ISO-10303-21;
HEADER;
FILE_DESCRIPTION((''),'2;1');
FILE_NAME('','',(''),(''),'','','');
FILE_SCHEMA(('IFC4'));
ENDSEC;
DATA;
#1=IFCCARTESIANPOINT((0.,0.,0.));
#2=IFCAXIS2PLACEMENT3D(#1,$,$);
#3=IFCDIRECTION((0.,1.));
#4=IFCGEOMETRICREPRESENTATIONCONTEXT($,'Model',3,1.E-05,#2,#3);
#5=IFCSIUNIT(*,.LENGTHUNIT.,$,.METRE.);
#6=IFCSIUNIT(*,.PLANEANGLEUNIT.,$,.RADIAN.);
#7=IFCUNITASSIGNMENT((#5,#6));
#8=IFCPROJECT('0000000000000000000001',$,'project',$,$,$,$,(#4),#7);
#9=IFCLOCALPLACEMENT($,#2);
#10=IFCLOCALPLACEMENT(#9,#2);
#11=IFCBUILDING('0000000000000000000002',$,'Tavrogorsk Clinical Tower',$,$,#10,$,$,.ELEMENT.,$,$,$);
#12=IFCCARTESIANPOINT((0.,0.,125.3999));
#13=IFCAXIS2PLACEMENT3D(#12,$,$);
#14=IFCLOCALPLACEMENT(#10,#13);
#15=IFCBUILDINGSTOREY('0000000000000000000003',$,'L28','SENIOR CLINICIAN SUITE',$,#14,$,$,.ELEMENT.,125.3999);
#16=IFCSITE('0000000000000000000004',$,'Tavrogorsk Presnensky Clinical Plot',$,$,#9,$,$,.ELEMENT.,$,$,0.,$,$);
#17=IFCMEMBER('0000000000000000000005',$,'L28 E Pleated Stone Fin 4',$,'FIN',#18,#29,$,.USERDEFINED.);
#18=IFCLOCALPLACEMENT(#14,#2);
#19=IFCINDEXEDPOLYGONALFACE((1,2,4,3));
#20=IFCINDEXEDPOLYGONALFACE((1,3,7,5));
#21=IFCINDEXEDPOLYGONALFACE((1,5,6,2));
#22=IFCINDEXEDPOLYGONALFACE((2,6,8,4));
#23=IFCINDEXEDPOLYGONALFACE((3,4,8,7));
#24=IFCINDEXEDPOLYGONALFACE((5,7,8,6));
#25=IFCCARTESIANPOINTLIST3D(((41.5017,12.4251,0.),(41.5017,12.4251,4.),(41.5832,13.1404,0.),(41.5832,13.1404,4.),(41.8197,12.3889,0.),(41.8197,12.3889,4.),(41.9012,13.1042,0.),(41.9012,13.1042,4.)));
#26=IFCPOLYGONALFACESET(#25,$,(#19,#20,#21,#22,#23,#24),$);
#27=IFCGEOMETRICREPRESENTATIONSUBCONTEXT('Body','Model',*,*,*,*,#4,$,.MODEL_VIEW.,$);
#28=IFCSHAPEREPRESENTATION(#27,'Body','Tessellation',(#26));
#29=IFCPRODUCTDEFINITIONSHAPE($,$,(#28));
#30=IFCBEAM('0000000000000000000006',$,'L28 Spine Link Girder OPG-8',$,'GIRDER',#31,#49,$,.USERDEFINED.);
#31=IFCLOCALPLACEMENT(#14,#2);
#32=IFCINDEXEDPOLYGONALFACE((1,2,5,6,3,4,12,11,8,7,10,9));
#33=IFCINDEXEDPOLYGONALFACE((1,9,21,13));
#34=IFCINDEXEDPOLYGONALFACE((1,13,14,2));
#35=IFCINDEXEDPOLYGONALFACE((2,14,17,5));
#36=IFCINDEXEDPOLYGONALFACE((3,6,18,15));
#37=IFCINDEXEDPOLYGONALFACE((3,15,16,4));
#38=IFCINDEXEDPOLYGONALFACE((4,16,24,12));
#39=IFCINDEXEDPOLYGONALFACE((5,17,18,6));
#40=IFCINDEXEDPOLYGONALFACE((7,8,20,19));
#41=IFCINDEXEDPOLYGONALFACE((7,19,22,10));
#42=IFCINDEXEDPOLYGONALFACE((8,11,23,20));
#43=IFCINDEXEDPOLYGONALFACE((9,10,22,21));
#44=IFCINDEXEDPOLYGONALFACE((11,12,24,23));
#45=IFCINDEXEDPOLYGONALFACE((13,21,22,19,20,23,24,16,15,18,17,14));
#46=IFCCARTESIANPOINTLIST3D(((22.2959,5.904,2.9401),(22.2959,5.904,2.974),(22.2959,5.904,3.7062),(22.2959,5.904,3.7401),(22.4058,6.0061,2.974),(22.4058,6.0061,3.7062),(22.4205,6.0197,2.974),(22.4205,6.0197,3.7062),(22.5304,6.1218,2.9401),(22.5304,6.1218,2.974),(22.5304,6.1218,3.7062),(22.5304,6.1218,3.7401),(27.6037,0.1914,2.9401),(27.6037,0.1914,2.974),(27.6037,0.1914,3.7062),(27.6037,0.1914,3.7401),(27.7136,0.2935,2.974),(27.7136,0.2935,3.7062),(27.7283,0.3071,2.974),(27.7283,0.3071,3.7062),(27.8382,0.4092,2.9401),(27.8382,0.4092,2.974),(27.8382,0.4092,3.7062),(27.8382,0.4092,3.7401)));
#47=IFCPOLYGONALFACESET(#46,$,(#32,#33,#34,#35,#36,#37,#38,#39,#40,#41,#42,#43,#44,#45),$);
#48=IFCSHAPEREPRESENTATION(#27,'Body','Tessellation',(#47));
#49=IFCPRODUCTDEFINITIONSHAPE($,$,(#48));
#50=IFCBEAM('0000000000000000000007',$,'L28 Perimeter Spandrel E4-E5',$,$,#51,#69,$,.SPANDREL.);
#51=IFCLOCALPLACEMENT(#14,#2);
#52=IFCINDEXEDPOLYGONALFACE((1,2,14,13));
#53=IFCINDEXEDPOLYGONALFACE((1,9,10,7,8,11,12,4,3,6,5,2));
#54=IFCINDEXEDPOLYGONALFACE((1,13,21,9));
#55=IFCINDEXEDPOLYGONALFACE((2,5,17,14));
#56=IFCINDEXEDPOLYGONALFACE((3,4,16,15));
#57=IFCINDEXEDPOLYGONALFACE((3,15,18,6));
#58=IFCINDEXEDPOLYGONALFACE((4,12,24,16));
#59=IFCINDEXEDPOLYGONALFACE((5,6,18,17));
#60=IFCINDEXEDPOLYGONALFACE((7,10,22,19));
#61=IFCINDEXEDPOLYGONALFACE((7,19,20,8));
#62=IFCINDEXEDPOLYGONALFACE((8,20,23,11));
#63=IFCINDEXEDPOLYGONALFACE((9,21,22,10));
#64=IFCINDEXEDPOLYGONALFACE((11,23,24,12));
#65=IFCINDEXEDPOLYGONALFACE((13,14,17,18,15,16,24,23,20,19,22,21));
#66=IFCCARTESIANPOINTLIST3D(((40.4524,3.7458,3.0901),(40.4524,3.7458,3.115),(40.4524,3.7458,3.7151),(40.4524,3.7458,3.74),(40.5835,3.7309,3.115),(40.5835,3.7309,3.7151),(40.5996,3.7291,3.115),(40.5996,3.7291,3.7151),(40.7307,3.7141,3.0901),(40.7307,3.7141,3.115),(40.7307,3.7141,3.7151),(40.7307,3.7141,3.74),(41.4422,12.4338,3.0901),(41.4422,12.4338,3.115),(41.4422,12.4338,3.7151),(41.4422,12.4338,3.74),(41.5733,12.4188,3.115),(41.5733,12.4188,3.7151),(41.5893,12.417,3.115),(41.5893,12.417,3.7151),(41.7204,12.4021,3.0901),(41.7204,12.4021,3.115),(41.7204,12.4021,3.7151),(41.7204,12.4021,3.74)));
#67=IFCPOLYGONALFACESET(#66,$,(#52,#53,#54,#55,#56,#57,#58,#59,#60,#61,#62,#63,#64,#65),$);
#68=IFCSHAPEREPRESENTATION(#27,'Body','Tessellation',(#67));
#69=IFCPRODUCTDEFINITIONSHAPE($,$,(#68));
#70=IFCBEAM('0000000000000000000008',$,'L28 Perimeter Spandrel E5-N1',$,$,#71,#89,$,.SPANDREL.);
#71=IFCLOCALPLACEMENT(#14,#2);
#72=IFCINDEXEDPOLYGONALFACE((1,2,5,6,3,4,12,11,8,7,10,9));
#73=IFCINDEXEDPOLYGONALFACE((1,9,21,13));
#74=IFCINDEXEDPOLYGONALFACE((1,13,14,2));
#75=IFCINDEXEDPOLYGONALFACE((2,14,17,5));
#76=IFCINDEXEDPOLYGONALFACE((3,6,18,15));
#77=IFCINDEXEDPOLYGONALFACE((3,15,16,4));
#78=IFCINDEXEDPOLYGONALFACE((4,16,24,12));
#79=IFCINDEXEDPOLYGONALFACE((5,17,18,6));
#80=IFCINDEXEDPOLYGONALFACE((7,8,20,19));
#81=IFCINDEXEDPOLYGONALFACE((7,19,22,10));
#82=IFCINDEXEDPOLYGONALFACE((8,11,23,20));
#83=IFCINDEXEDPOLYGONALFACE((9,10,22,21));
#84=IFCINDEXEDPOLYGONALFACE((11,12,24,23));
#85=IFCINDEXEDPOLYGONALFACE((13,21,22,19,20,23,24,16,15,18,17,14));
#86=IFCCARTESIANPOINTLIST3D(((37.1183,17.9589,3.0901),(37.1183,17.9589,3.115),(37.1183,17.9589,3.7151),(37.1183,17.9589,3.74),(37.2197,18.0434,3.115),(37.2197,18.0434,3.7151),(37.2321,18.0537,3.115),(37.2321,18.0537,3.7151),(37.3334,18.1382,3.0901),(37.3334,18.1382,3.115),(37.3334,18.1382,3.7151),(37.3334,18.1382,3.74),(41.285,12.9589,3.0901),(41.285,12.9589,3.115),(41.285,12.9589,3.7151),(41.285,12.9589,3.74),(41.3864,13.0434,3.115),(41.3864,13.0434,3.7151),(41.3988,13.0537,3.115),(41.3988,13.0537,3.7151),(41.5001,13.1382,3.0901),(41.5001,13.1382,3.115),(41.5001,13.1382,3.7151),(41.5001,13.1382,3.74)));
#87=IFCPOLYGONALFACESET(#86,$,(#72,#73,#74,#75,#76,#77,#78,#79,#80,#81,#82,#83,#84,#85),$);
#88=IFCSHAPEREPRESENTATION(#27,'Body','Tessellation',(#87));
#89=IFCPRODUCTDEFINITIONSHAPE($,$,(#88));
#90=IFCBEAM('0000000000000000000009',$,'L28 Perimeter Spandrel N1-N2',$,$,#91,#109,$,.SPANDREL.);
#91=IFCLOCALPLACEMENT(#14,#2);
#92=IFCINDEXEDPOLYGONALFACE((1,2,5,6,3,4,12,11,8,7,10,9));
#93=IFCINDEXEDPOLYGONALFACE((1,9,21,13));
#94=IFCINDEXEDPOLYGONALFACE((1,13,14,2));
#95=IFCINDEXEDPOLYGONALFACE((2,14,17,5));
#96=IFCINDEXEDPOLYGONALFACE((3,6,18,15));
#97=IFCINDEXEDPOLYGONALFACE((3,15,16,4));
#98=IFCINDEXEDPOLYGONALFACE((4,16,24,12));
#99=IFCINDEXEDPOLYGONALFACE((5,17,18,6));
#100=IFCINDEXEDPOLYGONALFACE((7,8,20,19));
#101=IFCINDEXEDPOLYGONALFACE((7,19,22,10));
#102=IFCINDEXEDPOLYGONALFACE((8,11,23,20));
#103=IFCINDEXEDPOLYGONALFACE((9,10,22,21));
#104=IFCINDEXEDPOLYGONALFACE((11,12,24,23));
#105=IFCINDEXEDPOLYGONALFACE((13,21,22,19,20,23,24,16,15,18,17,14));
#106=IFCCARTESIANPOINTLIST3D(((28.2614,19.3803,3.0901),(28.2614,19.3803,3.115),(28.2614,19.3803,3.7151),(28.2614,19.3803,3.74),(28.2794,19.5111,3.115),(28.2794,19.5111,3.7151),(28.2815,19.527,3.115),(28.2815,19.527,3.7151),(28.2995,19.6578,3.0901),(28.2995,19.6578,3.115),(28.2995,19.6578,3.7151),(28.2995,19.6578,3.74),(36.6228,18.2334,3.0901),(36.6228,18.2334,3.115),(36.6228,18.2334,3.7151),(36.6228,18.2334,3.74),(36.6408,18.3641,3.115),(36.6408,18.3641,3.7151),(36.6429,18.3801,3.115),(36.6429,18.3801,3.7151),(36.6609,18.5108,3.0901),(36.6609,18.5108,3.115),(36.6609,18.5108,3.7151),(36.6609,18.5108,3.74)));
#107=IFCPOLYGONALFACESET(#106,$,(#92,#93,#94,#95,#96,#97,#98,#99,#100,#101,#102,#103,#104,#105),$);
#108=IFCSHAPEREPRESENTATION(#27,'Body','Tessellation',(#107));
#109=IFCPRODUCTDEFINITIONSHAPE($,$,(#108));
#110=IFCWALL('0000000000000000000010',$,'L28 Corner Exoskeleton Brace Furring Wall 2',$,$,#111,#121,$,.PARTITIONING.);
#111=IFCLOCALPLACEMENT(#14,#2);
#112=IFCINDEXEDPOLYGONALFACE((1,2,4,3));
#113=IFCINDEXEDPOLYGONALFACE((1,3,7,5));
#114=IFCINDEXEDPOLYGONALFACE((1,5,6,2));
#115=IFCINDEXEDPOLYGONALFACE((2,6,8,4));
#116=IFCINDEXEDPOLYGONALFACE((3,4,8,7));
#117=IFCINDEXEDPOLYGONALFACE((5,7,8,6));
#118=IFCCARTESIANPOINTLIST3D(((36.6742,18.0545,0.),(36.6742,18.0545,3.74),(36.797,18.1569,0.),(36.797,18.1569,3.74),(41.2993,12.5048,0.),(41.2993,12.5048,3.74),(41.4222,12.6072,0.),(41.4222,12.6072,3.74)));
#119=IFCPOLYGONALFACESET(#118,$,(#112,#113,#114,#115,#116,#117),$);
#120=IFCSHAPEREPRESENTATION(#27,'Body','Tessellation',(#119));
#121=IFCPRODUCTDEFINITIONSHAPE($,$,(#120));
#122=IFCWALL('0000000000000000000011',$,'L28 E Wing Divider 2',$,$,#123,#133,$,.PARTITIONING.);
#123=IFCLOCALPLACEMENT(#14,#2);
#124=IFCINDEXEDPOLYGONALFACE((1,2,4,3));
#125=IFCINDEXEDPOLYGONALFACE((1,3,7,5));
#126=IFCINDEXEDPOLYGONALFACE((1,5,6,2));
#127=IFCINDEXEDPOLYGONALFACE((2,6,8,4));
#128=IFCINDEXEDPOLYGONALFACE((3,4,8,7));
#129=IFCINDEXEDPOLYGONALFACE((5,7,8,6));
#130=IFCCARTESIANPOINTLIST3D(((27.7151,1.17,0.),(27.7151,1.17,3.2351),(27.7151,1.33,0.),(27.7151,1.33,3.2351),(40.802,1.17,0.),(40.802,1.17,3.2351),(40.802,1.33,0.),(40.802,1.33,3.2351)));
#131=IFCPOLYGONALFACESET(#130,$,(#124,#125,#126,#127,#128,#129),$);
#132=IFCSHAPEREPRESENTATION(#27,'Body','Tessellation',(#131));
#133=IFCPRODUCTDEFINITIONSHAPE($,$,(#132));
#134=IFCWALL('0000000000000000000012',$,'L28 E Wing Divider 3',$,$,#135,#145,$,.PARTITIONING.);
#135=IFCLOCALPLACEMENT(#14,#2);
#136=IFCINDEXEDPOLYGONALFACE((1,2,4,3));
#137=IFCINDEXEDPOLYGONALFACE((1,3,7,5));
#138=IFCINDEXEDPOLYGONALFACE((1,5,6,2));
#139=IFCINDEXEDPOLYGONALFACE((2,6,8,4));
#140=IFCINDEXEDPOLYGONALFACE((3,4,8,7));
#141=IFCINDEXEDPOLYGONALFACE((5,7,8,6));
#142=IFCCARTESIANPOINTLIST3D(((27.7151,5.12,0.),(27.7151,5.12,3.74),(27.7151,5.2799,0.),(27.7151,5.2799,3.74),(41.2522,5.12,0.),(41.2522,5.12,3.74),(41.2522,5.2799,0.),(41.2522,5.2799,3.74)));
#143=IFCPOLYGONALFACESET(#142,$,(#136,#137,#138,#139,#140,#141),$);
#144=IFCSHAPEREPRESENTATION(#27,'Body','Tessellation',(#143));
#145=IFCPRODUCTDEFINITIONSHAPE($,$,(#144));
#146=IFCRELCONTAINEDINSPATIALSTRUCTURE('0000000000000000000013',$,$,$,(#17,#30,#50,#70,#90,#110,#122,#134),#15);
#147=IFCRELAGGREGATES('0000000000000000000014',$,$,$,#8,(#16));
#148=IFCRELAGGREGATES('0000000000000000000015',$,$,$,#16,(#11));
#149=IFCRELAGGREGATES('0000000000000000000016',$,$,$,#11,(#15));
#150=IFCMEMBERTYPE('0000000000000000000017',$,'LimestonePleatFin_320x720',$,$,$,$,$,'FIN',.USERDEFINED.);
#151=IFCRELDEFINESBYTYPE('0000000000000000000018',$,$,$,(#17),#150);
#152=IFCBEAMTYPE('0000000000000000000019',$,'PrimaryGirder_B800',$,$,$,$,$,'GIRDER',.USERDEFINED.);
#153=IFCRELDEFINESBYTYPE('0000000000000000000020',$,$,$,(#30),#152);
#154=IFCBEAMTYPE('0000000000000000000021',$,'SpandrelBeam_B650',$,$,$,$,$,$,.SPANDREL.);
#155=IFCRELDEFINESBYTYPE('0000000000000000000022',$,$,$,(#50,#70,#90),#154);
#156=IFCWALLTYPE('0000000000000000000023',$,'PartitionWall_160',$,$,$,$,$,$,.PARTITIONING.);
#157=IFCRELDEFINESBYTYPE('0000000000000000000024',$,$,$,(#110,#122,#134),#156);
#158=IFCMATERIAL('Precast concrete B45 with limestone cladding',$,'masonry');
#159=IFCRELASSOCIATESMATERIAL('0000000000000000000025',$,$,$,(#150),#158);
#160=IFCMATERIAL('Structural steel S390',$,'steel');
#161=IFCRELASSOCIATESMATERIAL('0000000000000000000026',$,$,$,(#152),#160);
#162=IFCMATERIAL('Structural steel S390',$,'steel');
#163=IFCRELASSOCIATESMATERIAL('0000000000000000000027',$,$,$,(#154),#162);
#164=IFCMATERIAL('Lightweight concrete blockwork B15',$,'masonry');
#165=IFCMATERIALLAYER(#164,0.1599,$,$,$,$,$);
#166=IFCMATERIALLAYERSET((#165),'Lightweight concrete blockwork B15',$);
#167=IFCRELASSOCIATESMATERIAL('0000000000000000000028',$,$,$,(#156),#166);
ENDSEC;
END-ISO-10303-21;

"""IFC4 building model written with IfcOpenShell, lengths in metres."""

from ifc_helpers import new_model, si_unit, direction, frame, frame_2d, origin, origin_2d, place, context, subcontext, project, spatial, rectangle, i_section, extrude, material, layer, layer_set, material_profile, profile_set, type_object, element, save


model = new_model("IFC4")

# Units and contexts
model_context = context("Model", 3, precision=1e-05, world=origin(), true_north=direction((0.0, 1.0)))
body_context = subcontext(model_context, "Body", "Model", "MODEL_VIEW")
ifc_project = project(units=[si_unit("LENGTHUNIT", "METRE"), si_unit("PLANEANGLEUNIT", "RADIAN")], contexts=[model_context])

# Site, building, storey
site_placement = place(None, origin())
site = spatial("IfcSite", under=ifc_project, at=site_placement, Name="Tavrogorsk Presnensky Clinical Plot", CompositionType="ELEMENT", RefElevation=0.0)
building_placement = place(site_placement, origin())
building = spatial("IfcBuilding", under=site, at=building_placement, Name="Tavrogorsk Clinical Tower", CompositionType="ELEMENT")
storey_placement = place(building_placement, frame((0.0, 0.0, 125.3999)))
storey = spatial("IfcBuildingStorey", under=building, at=storey_placement, Name="L28", Description="SENIOR CLINICIAN SUITE", CompositionType="ELEMENT", Elevation=125.3999)

# Member
ifc_material_1 = material(Name="Precast concrete B45 with limestone cladding", Category="masonry")
ifc_material_profile_1 = material_profile(ifc_material_1, rectangle(XDim=0.3201, YDim=0.72, at=origin_2d()), Name="LIMESTONE-FIN-320x720")
ifc_profile_set_1 = profile_set([ifc_material_profile_1], Name="Precast concrete B45 with limestone cladding")
member_type_1 = type_object("IfcMemberType", Name="LimestonePleatFin_320x720", ElementType="FIN", PredefinedType="USERDEFINED", material=ifc_profile_set_1)
for number, where, z_axis, x_axis, name in (
    (1, (41.7014, 12.7646, 0.0), (0.0, 0.0, 1.0), (0.993572, -0.113203, 0.0), "L28 E Pleated Stone Fin 4"),
):
    element("IfcMember", number, at=place(storey_placement, frame(where, z_axis=z_axis, x_axis=x_axis)), inside=storey, type_object=member_type_1, Name=name, ObjectType="FIN", PredefinedType="USERDEFINED", context=body_context, shape_type="SweptSolid", body=[
        extrude(rectangle(XDim=0.3201, YDim=0.72, at=origin_2d()), origin(), (0.0, 0.0, 1.0), 4.0),
    ])

# Beams
ifc_material_2 = material(Name="Structural steel S390", Category="steel")
ifc_material_profile_2 = material_profile(ifc_material_2, i_section(OverallWidth=0.3201, OverallDepth=0.8, WebThickness=0.02, FlangeThickness=0.0339, at=origin_2d()), Name="B-800x320x20x34")
ifc_profile_set_2 = profile_set([ifc_material_profile_2], Name="Structural steel S390")
beam_type_1 = type_object("IfcBeamType", Name="PrimaryGirder_B800", ElementType="GIRDER", PredefinedType="USERDEFINED", material=ifc_profile_set_2)
beam_1_placement = place(storey_placement, frame((27.7209, 0.3003, 3.3401), z_axis=(-0.680676, 0.732585, 0.0), x_axis=(-0.732585, -0.680676, 0.0)))
element("IfcBeam", 2, at=beam_1_placement, inside=storey, type_object=beam_type_1, Name="L28 Spine Link Girder OPG-8", ObjectType="GIRDER", PredefinedType="USERDEFINED", context=body_context, shape_type="SweptSolid", body=[
    extrude(i_section(OverallWidth=0.3201, OverallDepth=0.8, WebThickness=0.02, FlangeThickness=0.0339, at=origin_2d()), origin(), (0.0, 0.0, 1.0), 7.7979),
])
ifc_material_3 = material(Name="Structural steel S390", Category="steel")
ifc_material_profile_3 = material_profile(ifc_material_3, i_section(OverallWidth=0.28, OverallDepth=0.6499, WebThickness=0.0161, FlangeThickness=0.0249, at=origin_2d()), Name="B-650x280x16x25")
ifc_profile_set_3 = profile_set([ifc_material_profile_3], Name="Structural steel S390")
beam_type_2 = type_object("IfcBeamType", Name="SpandrelBeam_B650", PredefinedType="SPANDREL", material=ifc_profile_set_3)
beam_2_placement = place(storey_placement, frame((40.5916, 3.73, 3.415), z_axis=(0.113189, 0.993573, 0.0), x_axis=(-0.993573, 0.113189, 0.0)))
element("IfcBeam", 3, at=beam_2_placement, inside=storey, type_object=beam_type_2, Name="L28 Perimeter Spandrel E4-E5", PredefinedType="SPANDREL", context=body_context, shape_type="SweptSolid", body=[
    extrude(i_section(OverallWidth=0.28, OverallDepth=0.6499, WebThickness=0.0161, FlangeThickness=0.0249, at=origin_2d()), origin(), (0.0, 0.0, 1.0), 8.7441),
])
beam_3_placement = place(storey_placement, frame((41.3926, 13.0486, 3.415), z_axis=(-0.640192, 0.768215, 0.0), x_axis=(-0.768215, -0.640192, 0.0)))
element("IfcBeam", 4, at=beam_3_placement, inside=storey, type_object=beam_type_2, Name="L28 Perimeter Spandrel E5-N1", PredefinedType="SPANDREL", context=body_context, shape_type="SweptSolid", body=[
    extrude(i_section(OverallWidth=0.28, OverallDepth=0.6499, WebThickness=0.0161, FlangeThickness=0.0249, at=origin_2d()), origin(), (0.0, 0.0, 1.0), 6.5085),
])
beam_4_placement = place(storey_placement, frame((36.6418, 18.3721, 3.415), z_axis=(-0.990722, 0.135903, 0.0), x_axis=(-0.135903, -0.990722, 0.0)))
element("IfcBeam", 5, at=beam_4_placement, inside=storey, type_object=beam_type_2, Name="L28 Perimeter Spandrel N1-N2", PredefinedType="SPANDREL", context=body_context, shape_type="SweptSolid", body=[
    extrude(i_section(OverallWidth=0.28, OverallDepth=0.6499, WebThickness=0.0161, FlangeThickness=0.0249, at=origin_2d()), origin(), (0.0, 0.0, 1.0), 8.4397),
])

# Walls
ifc_material_4 = material(Name="Lightweight concrete blockwork B15", Category="masonry")
ifc_layer_1 = layer(ifc_material_4, 0.1599)
ifc_layer_set_1 = layer_set([ifc_layer_1], Name="Lightweight concrete blockwork B15")
wall_type_1 = type_object("IfcWallType", Name="PartitionWall_160", PredefinedType="PARTITIONING", material=ifc_layer_set_1)
wall_1_placement = place(storey_placement, frame((41.3608, 12.5559, 0.0), z_axis=(0.0, 0.0, 1.0), x_axis=(-0.640218, 0.768194, 0.0)))
element("IfcWall", 6, at=wall_1_placement, inside=storey, type_object=wall_type_1, Name="L28 Corner Exoskeleton Brace Furring Wall 2", PredefinedType="PARTITIONING", context=body_context, shape_type="SweptSolid", body=[
    extrude(rectangle(XDim=7.2244, YDim=0.1599, at=frame_2d((3.6123, 0.0))), origin(), (0.0, 0.0, 1.0), 3.74),
])
wall_2_placement = place(storey_placement, frame((27.7151, 1.25, 0.0), z_axis=(0.0, 0.0, 1.0), x_axis=(1.0, 0.0, 0.0)))
element("IfcWall", 7, at=wall_2_placement, inside=storey, type_object=wall_type_1, Name="L28 E Wing Divider 2", PredefinedType="PARTITIONING", context=body_context, shape_type="SweptSolid", body=[
    extrude(rectangle(XDim=13.0869, YDim=0.1599, at=frame_2d((6.5435, 0.0))), origin(), (0.0, 0.0, 1.0), 3.2351),
])
wall_3_placement = place(storey_placement, frame((27.7151, 5.2, 0.0), z_axis=(0.0, 0.0, 1.0), x_axis=(1.0, 0.0, 0.0)))
element("IfcWall", 8, at=wall_3_placement, inside=storey, type_object=wall_type_1, Name="L28 E Wing Divider 3", PredefinedType="PARTITIONING", context=body_context, shape_type="SweptSolid", body=[
    extrude(rectangle(XDim=13.5371, YDim=0.1599, at=frame_2d((6.7686, 0.0))), origin(), (0.0, 0.0, 1.0), 3.74),
])

save(model, "model.ifc")
